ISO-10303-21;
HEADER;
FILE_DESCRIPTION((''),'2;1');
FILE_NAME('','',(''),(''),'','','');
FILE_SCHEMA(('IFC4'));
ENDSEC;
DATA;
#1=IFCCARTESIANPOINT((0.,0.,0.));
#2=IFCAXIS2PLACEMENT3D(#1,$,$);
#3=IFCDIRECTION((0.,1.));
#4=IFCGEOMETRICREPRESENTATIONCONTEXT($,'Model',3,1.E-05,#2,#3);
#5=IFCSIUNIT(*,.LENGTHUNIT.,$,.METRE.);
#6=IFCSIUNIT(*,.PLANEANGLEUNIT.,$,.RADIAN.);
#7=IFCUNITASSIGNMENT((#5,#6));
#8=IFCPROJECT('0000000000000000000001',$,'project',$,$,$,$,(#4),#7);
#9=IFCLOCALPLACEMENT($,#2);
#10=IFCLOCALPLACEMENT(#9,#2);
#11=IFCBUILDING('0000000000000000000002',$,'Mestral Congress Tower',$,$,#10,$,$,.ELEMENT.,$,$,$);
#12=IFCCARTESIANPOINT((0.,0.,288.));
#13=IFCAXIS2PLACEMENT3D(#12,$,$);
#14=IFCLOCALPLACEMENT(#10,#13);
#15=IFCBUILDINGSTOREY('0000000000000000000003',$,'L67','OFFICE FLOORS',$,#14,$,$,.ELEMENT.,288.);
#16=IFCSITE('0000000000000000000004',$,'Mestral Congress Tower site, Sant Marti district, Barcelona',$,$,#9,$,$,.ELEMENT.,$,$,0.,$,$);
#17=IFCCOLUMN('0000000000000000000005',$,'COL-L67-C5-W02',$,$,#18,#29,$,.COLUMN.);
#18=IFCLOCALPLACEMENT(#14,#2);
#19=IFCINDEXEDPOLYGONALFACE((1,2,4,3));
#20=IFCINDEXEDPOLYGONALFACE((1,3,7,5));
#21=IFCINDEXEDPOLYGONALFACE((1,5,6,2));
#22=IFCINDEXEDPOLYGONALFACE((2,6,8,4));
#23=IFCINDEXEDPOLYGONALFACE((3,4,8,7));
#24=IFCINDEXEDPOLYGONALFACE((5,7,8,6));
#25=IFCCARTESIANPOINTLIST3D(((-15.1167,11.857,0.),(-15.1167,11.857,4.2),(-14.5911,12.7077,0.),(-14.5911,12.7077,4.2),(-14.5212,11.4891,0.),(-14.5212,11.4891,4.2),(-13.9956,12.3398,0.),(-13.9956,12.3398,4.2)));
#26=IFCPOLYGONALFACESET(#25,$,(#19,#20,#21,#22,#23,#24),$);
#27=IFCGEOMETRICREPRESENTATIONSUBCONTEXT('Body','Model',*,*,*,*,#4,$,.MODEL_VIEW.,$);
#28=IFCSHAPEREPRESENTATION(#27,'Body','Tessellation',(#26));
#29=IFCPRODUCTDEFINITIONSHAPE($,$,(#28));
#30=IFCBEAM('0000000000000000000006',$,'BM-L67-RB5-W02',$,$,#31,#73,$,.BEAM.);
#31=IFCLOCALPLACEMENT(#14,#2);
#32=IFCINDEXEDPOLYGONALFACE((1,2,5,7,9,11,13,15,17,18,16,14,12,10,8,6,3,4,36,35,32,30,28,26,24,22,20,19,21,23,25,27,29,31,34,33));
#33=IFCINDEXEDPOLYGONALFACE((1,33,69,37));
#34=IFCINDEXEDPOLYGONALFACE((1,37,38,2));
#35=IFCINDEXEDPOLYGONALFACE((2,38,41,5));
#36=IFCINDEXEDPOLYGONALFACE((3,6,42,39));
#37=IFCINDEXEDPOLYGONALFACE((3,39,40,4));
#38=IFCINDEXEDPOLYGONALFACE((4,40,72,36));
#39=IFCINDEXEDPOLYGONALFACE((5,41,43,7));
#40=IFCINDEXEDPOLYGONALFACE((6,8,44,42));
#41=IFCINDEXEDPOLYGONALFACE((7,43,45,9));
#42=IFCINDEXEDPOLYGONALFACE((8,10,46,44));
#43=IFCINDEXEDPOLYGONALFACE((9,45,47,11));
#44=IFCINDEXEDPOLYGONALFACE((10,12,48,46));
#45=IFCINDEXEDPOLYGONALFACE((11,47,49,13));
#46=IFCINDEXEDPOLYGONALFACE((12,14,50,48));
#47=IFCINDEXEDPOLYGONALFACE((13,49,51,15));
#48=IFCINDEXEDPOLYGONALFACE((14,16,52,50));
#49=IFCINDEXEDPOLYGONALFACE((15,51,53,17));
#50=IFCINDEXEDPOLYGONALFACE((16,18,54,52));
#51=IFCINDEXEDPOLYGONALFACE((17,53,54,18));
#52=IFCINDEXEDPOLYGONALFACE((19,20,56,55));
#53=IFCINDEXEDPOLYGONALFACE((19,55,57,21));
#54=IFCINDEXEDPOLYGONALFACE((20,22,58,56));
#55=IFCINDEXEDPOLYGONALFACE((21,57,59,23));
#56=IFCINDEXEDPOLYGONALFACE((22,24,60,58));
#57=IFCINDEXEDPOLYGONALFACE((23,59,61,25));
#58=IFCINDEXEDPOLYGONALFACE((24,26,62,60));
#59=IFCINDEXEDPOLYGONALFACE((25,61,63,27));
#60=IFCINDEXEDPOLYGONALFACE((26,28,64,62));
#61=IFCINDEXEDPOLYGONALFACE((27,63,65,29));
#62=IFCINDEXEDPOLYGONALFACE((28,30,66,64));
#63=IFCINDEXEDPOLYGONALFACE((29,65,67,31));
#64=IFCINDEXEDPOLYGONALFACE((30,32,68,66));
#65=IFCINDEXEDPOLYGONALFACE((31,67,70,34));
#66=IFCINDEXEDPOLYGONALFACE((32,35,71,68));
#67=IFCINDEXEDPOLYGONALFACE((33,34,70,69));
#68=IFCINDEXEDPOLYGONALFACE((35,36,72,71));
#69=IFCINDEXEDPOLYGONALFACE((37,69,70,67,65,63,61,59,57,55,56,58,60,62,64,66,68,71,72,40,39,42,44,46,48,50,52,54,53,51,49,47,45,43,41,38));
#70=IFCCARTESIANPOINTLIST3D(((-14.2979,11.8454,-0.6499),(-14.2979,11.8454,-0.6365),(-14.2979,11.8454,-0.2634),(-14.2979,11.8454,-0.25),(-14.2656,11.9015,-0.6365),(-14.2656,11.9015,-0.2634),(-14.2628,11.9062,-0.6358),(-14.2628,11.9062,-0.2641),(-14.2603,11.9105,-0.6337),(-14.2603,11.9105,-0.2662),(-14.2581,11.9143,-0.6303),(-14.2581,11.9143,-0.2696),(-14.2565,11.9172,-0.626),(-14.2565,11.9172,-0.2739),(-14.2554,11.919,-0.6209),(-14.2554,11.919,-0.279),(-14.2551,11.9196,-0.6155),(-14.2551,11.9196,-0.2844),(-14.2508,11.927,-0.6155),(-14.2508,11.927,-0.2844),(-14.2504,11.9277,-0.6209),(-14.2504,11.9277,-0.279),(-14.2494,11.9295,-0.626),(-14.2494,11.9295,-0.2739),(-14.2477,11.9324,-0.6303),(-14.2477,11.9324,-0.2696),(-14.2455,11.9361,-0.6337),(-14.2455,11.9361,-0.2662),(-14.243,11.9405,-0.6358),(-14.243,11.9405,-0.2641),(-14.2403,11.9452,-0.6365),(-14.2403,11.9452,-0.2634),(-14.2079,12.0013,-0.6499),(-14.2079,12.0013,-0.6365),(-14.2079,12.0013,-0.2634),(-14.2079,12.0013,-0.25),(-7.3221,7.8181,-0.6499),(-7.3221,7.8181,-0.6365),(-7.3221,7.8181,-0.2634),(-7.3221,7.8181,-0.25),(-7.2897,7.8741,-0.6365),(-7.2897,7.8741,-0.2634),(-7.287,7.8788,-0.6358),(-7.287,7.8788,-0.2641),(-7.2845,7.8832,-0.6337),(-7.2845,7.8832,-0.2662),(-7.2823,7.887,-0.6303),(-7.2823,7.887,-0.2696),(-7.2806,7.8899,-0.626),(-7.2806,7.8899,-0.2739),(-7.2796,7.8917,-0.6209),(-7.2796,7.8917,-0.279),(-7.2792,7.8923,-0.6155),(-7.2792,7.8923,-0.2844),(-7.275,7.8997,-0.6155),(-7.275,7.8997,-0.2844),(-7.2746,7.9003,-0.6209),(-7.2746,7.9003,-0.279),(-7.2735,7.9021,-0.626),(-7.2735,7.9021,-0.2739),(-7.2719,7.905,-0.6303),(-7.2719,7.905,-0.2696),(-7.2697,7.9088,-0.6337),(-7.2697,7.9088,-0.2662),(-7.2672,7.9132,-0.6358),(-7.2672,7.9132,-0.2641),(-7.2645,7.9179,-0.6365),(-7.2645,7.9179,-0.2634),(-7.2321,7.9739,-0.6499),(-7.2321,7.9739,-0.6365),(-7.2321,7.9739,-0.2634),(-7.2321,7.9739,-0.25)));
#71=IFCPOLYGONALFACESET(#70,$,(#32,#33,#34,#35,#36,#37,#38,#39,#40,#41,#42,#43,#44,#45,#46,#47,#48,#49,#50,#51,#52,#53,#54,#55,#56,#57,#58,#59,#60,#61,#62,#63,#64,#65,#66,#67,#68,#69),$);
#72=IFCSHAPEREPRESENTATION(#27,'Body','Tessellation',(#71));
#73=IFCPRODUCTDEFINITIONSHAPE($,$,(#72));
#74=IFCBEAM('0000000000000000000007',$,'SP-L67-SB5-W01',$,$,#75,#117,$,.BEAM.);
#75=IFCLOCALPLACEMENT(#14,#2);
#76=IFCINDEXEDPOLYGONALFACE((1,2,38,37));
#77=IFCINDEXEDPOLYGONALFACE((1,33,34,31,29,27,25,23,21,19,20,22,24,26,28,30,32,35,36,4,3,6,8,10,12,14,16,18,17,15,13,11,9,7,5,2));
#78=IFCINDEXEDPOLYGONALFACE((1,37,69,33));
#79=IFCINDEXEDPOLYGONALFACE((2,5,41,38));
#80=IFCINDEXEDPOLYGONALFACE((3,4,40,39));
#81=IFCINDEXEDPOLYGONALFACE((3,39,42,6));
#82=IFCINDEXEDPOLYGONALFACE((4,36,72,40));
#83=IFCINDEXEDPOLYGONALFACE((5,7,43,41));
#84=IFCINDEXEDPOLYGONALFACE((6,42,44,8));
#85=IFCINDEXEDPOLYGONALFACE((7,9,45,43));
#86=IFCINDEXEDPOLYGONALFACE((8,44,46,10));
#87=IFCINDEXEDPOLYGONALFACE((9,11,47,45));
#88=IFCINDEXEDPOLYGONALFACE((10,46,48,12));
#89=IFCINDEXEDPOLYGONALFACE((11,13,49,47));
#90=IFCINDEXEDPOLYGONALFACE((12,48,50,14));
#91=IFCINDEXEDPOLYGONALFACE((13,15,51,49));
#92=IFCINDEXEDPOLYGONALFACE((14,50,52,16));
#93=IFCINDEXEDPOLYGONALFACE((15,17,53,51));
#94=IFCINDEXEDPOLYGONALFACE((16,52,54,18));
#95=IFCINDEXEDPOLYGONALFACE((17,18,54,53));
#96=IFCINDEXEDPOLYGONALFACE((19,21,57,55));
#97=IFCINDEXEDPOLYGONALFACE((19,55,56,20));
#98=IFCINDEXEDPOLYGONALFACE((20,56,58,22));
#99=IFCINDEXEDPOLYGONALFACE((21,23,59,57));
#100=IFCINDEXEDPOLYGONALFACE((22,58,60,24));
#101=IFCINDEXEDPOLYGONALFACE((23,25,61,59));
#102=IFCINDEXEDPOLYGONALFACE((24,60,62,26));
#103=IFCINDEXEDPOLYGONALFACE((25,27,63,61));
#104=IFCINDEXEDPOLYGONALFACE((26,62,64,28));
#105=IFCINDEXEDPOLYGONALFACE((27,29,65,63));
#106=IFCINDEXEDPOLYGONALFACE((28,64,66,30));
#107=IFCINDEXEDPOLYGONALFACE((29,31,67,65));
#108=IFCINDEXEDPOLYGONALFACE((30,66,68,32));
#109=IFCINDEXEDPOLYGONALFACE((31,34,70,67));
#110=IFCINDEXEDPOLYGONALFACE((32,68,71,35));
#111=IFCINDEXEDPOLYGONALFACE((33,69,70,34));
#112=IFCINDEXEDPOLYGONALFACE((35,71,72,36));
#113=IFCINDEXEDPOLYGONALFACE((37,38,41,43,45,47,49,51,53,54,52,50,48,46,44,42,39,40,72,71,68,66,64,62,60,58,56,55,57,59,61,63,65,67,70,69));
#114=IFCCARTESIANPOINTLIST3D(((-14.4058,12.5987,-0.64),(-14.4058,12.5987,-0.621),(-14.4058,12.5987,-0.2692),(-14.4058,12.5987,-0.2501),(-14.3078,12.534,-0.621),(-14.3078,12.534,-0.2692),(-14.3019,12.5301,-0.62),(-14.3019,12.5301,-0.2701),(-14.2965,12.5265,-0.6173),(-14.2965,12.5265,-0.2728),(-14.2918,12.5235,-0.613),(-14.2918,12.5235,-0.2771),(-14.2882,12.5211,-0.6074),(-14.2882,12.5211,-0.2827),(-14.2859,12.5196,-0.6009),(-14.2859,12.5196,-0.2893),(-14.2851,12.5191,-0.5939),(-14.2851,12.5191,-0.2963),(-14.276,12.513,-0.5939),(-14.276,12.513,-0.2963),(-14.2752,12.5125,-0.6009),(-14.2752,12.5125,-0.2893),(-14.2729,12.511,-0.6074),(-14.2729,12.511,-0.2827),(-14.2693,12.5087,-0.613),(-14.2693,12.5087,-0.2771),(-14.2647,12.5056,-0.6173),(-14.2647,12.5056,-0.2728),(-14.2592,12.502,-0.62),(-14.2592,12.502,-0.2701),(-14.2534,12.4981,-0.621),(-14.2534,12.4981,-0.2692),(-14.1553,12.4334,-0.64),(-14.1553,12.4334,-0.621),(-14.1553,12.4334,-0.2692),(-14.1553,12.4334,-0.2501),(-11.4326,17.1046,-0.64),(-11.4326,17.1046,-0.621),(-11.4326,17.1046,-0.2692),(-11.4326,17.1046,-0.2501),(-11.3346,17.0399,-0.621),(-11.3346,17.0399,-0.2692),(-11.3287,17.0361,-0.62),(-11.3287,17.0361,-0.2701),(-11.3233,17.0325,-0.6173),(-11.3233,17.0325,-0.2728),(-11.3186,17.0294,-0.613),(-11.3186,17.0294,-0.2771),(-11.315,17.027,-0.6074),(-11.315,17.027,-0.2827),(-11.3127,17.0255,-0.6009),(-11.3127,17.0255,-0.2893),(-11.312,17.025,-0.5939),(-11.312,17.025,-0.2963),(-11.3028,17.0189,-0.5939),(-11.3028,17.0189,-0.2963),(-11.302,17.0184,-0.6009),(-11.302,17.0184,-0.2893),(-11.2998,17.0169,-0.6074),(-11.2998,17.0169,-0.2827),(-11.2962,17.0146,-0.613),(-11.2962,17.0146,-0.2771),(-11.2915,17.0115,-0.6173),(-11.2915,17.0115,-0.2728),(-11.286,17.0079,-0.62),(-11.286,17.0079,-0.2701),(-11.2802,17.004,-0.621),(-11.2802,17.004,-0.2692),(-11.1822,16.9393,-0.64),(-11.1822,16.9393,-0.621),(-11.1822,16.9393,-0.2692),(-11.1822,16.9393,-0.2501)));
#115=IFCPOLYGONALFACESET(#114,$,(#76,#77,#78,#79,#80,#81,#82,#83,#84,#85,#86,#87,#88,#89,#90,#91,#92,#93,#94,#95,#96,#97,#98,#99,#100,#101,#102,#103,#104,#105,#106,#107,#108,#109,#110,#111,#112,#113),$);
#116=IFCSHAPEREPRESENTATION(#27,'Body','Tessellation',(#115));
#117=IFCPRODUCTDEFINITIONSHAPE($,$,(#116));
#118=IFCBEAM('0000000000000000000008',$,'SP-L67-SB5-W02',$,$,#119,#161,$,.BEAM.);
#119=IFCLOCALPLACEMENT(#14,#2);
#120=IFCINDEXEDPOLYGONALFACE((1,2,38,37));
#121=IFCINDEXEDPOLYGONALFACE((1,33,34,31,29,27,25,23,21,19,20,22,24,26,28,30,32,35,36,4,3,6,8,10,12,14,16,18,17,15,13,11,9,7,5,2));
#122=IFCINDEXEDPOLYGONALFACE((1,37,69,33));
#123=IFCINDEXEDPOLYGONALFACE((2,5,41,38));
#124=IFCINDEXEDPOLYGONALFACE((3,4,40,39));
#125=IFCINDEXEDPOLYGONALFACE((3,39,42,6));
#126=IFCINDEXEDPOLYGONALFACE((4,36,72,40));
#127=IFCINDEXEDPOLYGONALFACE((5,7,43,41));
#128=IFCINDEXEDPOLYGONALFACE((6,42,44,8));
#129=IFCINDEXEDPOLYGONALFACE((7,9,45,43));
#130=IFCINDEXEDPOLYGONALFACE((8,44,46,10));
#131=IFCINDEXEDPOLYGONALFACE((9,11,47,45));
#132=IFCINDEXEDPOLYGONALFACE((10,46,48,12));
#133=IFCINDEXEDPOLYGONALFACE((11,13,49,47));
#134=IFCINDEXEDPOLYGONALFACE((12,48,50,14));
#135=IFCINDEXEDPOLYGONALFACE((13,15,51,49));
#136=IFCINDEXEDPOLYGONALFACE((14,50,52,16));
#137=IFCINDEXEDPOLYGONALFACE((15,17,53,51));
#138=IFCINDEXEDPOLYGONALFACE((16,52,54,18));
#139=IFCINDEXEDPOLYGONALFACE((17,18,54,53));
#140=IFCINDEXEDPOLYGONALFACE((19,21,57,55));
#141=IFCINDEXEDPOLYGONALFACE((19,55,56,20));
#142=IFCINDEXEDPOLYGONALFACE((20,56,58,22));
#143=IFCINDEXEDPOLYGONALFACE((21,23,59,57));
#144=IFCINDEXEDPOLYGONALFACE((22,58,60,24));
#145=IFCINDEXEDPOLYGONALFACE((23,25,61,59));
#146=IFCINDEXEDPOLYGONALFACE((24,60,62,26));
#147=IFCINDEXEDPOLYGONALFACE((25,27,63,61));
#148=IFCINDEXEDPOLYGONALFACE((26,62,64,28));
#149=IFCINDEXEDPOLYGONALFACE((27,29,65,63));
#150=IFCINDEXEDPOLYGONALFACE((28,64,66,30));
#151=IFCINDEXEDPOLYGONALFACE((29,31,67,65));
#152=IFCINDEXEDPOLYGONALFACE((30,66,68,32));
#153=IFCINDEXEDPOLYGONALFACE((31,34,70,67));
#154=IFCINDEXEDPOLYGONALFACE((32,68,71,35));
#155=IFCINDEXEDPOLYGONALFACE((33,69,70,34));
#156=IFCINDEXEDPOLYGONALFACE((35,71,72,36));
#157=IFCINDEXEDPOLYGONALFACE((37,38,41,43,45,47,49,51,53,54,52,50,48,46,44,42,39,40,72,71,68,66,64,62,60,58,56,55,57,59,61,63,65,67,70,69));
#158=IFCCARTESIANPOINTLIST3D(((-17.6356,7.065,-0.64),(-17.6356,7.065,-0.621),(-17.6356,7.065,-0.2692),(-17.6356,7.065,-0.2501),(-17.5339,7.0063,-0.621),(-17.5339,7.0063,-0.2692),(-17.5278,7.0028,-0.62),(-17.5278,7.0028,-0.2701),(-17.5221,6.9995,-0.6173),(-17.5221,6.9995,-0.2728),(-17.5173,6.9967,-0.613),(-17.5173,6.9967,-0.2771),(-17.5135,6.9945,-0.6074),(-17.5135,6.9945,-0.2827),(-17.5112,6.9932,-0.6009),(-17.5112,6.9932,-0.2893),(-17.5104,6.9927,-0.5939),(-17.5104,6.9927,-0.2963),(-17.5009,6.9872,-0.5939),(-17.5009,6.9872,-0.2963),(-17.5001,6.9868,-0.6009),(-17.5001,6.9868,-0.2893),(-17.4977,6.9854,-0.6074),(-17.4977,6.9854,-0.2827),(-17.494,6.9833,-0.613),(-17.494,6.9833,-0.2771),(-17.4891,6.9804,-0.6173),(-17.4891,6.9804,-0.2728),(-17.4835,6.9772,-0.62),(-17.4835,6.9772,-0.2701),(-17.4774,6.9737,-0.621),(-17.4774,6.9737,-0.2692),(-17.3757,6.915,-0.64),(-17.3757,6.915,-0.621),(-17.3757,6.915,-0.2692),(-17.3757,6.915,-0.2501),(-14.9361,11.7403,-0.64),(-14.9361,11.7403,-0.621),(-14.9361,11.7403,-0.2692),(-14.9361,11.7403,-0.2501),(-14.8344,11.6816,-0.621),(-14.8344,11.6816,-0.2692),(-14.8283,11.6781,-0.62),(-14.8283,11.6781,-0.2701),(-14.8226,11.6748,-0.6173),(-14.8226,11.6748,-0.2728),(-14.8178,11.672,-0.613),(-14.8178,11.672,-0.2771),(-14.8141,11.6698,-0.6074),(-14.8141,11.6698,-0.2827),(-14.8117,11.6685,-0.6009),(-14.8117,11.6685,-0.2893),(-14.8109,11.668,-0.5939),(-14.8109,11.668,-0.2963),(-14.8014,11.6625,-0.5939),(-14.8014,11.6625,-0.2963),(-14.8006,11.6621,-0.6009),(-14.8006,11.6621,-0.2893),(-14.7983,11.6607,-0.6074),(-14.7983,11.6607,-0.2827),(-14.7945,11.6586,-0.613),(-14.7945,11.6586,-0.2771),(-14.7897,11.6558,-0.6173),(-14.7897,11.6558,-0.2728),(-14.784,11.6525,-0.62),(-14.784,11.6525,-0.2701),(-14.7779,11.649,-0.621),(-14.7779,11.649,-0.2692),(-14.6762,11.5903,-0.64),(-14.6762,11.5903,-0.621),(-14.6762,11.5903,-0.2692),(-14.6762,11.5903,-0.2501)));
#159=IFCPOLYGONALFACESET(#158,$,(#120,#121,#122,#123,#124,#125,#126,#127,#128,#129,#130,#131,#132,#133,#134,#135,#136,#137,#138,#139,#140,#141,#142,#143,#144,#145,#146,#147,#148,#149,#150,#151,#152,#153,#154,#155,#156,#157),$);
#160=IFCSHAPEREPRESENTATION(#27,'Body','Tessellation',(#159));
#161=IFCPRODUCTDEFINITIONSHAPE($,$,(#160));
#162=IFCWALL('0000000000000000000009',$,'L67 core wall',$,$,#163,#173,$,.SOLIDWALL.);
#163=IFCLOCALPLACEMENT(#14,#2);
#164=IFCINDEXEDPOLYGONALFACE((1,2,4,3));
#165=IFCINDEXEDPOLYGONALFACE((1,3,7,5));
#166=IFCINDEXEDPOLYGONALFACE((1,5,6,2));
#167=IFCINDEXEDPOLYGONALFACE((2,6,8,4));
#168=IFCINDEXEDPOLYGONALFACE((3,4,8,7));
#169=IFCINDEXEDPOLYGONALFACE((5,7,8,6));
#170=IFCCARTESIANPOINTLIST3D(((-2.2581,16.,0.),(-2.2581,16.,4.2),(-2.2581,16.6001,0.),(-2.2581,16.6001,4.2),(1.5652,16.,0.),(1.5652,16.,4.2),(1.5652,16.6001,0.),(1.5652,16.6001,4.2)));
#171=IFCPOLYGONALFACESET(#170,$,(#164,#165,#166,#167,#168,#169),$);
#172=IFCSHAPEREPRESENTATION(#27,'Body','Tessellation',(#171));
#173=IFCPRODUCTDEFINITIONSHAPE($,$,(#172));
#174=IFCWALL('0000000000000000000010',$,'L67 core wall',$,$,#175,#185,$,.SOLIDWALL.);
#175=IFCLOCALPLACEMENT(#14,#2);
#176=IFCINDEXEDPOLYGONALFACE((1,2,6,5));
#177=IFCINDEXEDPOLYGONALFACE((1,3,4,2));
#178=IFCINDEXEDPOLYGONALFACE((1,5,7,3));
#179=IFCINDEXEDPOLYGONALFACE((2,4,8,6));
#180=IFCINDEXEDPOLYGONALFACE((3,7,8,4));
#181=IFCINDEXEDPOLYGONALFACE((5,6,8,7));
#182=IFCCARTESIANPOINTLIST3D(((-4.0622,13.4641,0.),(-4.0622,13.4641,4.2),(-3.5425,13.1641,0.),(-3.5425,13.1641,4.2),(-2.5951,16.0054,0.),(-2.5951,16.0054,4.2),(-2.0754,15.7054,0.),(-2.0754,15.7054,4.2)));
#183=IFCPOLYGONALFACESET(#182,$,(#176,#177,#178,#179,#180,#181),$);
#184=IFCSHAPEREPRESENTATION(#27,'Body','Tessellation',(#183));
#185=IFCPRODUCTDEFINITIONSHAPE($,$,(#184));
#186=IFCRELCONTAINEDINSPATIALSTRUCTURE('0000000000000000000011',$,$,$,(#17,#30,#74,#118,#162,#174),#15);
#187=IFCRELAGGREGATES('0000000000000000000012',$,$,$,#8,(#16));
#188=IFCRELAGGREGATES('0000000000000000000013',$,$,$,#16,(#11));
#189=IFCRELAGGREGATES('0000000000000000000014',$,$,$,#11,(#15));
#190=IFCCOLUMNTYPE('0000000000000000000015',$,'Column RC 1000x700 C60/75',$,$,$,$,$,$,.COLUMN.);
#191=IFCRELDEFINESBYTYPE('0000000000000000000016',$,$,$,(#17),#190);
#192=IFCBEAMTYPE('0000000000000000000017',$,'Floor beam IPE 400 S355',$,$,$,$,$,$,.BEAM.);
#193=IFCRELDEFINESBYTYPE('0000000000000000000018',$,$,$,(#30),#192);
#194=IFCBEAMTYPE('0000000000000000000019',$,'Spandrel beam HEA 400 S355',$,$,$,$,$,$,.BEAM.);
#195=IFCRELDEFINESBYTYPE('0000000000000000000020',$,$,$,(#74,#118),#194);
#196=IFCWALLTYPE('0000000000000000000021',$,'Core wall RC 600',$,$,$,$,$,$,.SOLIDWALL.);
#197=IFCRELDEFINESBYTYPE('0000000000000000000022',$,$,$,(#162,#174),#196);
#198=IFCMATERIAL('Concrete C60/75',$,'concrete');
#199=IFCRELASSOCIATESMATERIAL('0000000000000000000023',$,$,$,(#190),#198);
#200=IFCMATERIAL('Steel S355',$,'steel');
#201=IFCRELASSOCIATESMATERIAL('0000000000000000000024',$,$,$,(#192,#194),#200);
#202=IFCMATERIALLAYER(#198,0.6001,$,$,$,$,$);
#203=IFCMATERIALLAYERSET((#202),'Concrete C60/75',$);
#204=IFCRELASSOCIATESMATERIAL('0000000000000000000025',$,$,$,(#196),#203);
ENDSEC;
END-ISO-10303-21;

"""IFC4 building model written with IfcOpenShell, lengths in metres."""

from ifc_helpers import new_model, si_unit, direction, frame, frame_2d, origin, origin_2d, place, context, subcontext, project, spatial, rectangle, i_section, extrude, material, layer, layer_set, material_profile, profile_set, type_object, element, save


model = new_model("IFC4")

# Units and contexts
model_context = context("Model", 3, precision=1e-05, world=origin(), true_north=direction((0.0, 1.0)))
body_context = subcontext(model_context, "Body", "Model", "MODEL_VIEW")
ifc_project = project(units=[si_unit("LENGTHUNIT", "METRE"), si_unit("PLANEANGLEUNIT", "RADIAN")], contexts=[model_context])

# Site, building, storey
site_placement = place(None, origin())
site = spatial("IfcSite", under=ifc_project, at=site_placement, Name="Mestral Congress Tower site, Sant Marti district, Barcelona", CompositionType="ELEMENT", RefElevation=0.0)
building_placement = place(site_placement, origin())
building = spatial("IfcBuilding", under=site, at=building_placement, Name="Mestral Congress Tower", CompositionType="ELEMENT")
storey_placement = place(building_placement, frame((0.0, 0.0, 288.0)))
storey = spatial("IfcBuildingStorey", under=building, at=storey_placement, Name="L67", Description="OFFICE FLOORS", CompositionType="ELEMENT", Elevation=288.0)

# Column
ifc_material_1 = material(Name="Concrete C60/75", Category="concrete")
ifc_material_profile_1 = material_profile(ifc_material_1, rectangle(XDim=1.0, YDim=0.7, at=origin_2d()), Name="RC 1000x700")
ifc_profile_set_1 = profile_set([ifc_material_profile_1], Name="Concrete C60/75")
column_type = type_object("IfcColumnType", Name="Column RC 1000x700 C60/75", PredefinedType="COLUMN", material=ifc_profile_set_1)
column_placement = place(storey_placement, frame((-14.5562, 12.0984, 0.0), z_axis=(0.0, 0.0, 1.0), x_axis=(-0.52561, -0.850726, 0.0)))
element("IfcColumn", 1, at=column_placement, inside=storey, type_object=column_type, Name="COL-L67-C5-W02", PredefinedType="COLUMN", context=body_context, shape_type="SweptSolid", body=[
    extrude(rectangle(XDim=1.0, YDim=0.7, at=origin_2d()), origin(), (0.0, 0.0, 1.0), 4.2),
])

# Beams
ifc_material_2 = material(Name="Steel S355", Category="steel")
ifc_material_profile_2 = material_profile(ifc_material_2, i_section(OverallWidth=0.1799, OverallDepth=0.3999, WebThickness=0.0085, FlangeThickness=0.0134, FilletRadius=0.021, at=origin_2d()), Name="IPE 400")
ifc_profile_set_2 = profile_set([ifc_material_profile_2], Name="Steel S355")
beam_type_1 = type_object("IfcBeamType", Name="Floor beam IPE 400 S355", PredefinedType="BEAM", material=ifc_profile_set_2)
beam_1_placement = place(storey_placement, frame((-14.2529, 11.9233, -0.45), z_axis=(0.866034, -0.499986, 0.0), x_axis=(0.499986, 0.866034, 0.0)))
element("IfcBeam", 2, at=beam_1_placement, inside=storey, type_object=beam_type_1, Name="BM-L67-RB5-W02", PredefinedType="BEAM", context=body_context, shape_type="SweptSolid", body=[
    extrude(i_section(OverallWidth=0.1799, OverallDepth=0.3999, WebThickness=0.0085, FlangeThickness=0.0134, FilletRadius=0.021, at=origin_2d()), origin(), (0.0, 0.0, 1.0), 8.0549),
])
ifc_material_profile_3 = material_profile(ifc_material_2, i_section(OverallWidth=0.3, OverallDepth=0.3899, WebThickness=0.011, FlangeThickness=0.019, FilletRadius=0.0271, at=origin_2d()), Name="HEA 400")
ifc_profile_set_3 = profile_set([ifc_material_profile_3], Name="Steel S355")
beam_type_2 = type_object("IfcBeamType", Name="Spandrel beam HEA 400 S355", PredefinedType="BEAM", material=ifc_profile_set_3)
beam_2_placement = place(storey_placement, frame((-11.3074, 17.022, -0.4451), z_axis=(-0.550749, -0.834671, 0.0), x_axis=(0.834671, -0.550749, 0.0)))
element("IfcBeam", 3, at=beam_2_placement, inside=storey, type_object=beam_type_2, Name="SP-L67-SB5-W01", PredefinedType="BEAM", context=body_context, shape_type="SweptSolid", body=[
    extrude(i_section(OverallWidth=0.3, OverallDepth=0.3899, WebThickness=0.011, FlangeThickness=0.019, FilletRadius=0.0271, at=origin_2d()), origin(), (0.0, 0.0, 1.0), 5.3984),
])
beam_3_placement = place(storey_placement, frame((-14.8062, 11.6653, -0.4451), z_axis=(-0.500025, -0.866011, 0.0), x_axis=(0.866011, -0.500025, 0.0)))
element("IfcBeam", 4, at=beam_3_placement, inside=storey, type_object=beam_type_2, Name="SP-L67-SB5-W02", PredefinedType="BEAM", context=body_context, shape_type="SweptSolid", body=[
    extrude(i_section(OverallWidth=0.3, OverallDepth=0.3899, WebThickness=0.011, FlangeThickness=0.019, FilletRadius=0.0271, at=origin_2d()), origin(), (0.0, 0.0, 1.0), 5.3987),
])

# Walls
ifc_layer_1 = layer(ifc_material_1, 0.6001)
ifc_layer_set_1 = layer_set([ifc_layer_1], Name="Concrete C60/75")
wall_type_1 = type_object("IfcWallType", Name="Core wall RC 600", PredefinedType="SOLIDWALL", material=ifc_layer_set_1)
wall_1_placement = place(storey_placement, frame((-2.2581, 16.3, 0.0), z_axis=(0.0, 0.0, 1.0), x_axis=(1.0, 0.0, 0.0)))
element("IfcWall", 5, at=wall_1_placement, inside=storey, type_object=wall_type_1, Name="L67 core wall", PredefinedType="SOLIDWALL", context=body_context, shape_type="SweptSolid", body=[
    extrude(rectangle(XDim=3.8232, YDim=0.6001, at=frame_2d((1.9116, 0.0))), origin(), (0.0, 0.0, 1.0), 4.2),
])
wall_2_placement = place(storey_placement, frame((-2.3352, 15.8555, 0.0), z_axis=(0.0, 0.0, 1.0), x_axis=(-0.49996, -0.866048, 0.0)))
element("IfcWall", 6, at=wall_2_placement, inside=storey, type_object=wall_type_1, Name="L67 core wall", PredefinedType="SOLIDWALL", context=body_context, shape_type="SweptSolid", body=[
    extrude(rectangle(XDim=2.9343, YDim=0.6001, at=frame_2d((1.4673, 0.0))), origin(), (0.0, 0.0, 1.0), 4.2),
])

save(model, "model.ifc")
